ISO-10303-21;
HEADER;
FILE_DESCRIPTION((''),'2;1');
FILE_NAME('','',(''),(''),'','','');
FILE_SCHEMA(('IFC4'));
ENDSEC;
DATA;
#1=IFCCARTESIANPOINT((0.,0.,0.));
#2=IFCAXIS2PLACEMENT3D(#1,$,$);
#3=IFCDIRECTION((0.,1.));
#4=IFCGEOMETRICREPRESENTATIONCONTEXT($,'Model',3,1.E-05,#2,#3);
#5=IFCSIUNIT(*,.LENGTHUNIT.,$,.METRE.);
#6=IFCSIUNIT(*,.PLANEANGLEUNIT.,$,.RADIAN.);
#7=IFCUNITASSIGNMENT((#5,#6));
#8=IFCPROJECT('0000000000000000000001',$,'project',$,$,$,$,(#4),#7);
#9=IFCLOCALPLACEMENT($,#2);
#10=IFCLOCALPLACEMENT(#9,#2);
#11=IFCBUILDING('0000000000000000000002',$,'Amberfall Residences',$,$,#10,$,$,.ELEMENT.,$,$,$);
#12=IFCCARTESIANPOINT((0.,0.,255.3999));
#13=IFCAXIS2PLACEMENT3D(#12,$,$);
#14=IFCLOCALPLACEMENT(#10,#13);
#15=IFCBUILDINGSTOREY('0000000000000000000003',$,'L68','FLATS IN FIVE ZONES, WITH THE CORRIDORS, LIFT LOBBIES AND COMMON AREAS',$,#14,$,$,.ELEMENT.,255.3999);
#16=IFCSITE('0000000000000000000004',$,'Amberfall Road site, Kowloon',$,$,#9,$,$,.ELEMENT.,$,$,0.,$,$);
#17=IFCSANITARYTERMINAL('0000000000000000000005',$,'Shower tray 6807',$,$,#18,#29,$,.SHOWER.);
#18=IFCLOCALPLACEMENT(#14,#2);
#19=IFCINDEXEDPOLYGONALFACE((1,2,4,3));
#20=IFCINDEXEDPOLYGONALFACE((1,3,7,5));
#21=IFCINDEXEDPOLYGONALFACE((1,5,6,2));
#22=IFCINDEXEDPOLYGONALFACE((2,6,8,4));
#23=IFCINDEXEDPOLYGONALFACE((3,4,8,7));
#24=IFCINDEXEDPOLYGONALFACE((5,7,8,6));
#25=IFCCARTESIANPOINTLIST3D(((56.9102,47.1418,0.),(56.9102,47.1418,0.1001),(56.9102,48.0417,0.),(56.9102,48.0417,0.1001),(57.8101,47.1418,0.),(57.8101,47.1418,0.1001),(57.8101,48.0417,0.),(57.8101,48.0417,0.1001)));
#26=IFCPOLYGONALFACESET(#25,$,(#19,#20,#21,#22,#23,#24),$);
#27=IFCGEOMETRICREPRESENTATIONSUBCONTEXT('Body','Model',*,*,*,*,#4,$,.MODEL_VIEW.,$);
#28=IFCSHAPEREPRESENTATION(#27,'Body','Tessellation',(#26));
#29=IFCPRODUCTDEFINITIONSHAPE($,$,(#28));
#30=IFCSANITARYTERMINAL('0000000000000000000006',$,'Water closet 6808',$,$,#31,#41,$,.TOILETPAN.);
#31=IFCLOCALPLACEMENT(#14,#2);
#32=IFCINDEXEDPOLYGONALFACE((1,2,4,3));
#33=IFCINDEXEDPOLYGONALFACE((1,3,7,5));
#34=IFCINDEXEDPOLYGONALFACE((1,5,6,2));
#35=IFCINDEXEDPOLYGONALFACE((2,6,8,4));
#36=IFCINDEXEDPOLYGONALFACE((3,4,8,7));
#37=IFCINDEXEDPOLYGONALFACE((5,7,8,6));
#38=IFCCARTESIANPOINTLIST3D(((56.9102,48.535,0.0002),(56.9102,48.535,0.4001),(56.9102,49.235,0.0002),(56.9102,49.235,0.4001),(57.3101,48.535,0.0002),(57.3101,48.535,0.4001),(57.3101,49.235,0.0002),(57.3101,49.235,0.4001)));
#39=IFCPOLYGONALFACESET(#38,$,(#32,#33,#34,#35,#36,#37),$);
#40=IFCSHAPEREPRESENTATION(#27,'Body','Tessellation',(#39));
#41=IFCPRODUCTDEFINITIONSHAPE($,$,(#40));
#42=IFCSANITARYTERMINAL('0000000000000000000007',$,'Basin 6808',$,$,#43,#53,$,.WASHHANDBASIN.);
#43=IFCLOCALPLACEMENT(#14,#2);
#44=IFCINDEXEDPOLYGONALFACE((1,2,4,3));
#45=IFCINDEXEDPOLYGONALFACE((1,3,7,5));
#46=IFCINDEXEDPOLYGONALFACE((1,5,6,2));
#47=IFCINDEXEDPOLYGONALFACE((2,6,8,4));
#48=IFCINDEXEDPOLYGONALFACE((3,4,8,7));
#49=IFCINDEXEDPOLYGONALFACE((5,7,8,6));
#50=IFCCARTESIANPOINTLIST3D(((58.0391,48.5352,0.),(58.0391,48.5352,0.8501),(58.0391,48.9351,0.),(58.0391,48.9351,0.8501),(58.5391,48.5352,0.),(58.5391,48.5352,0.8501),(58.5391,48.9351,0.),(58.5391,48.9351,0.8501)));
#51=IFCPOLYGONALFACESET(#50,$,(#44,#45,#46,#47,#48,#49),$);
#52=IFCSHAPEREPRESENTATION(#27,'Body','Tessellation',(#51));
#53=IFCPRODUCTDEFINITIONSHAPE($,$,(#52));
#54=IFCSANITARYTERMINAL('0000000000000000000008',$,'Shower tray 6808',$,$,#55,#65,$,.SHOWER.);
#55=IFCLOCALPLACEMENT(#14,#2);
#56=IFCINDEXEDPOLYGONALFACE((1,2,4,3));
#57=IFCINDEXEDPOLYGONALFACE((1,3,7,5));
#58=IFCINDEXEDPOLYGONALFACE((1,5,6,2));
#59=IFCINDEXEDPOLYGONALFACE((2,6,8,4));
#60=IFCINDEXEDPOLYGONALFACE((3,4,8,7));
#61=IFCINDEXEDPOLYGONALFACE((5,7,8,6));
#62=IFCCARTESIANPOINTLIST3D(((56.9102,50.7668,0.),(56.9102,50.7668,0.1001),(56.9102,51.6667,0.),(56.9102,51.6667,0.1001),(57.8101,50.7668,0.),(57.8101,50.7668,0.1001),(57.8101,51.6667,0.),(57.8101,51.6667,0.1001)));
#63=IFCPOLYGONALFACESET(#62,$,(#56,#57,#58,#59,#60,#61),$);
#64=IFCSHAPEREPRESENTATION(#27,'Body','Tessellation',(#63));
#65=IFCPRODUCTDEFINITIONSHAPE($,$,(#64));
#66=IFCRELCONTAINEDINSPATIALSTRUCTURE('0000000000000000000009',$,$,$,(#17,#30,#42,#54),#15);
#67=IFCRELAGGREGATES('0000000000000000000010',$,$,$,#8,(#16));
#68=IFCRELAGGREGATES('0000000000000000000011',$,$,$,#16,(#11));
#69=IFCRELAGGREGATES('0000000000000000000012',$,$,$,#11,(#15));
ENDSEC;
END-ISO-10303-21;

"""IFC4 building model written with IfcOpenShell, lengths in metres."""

from ifc_helpers import new_model, si_unit, direction, frame, origin, origin_2d, place, context, subcontext, project, spatial, rectangle, extrude, element, save


model = new_model("IFC4")

# Units and contexts
model_context = context("Model", 3, precision=1e-05, world=origin(), true_north=direction((0.0, 1.0)))
body_context = subcontext(model_context, "Body", "Model", "MODEL_VIEW")
ifc_project = project(units=[si_unit("LENGTHUNIT", "METRE"), si_unit("PLANEANGLEUNIT", "RADIAN")], contexts=[model_context])

# Site, building, storey
site_placement = place(None, origin())
site = spatial("IfcSite", under=ifc_project, at=site_placement, Name="Amberfall Road site, Kowloon", CompositionType="ELEMENT", RefElevation=0.0)
building_placement = place(site_placement, origin())
building = spatial("IfcBuilding", under=site, at=building_placement, Name="Amberfall Residences", CompositionType="ELEMENT")
storey_placement = place(building_placement, frame((0.0, 0.0, 255.3999)))
storey = spatial("IfcBuildingStorey", under=building, at=storey_placement, Name="L68", Description="FLATS IN FIVE ZONES, WITH THE CORRIDORS, LIFT LOBBIES AND COMMON AREAS", CompositionType="ELEMENT", Elevation=255.3999)

# Sanitary terminals
sanitary_terminal_1_placement = place(storey_placement, frame((57.3601, 47.5918, 0.0), z_axis=(0.0, 0.0, 1.0), x_axis=(1.0, 0.0, 0.0)))
element("IfcSanitaryTerminal", 1, at=sanitary_terminal_1_placement, inside=storey, Name="Shower tray 6807", PredefinedType="SHOWER", context=body_context, shape_type="SweptSolid", body=[
    extrude(rectangle(XDim=0.8999, YDim=0.8999, at=origin_2d()), origin(), (0.0, 0.0, 1.0), 0.1001),
])
sanitary_terminal_2_placement = place(storey_placement, frame((57.1101, 48.885, 0.0002), z_axis=(0.0, 0.0, 1.0), x_axis=(1.0, 0.0, 0.0)))
element("IfcSanitaryTerminal", 2, at=sanitary_terminal_2_placement, inside=storey, Name="Water closet 6808", PredefinedType="TOILETPAN", context=body_context, shape_type="SweptSolid", body=[
    extrude(rectangle(XDim=0.3999, YDim=0.7, at=origin_2d()), origin(), (0.0, 0.0, 1.0), 0.3999),
])
sanitary_terminal_3_placement = place(storey_placement, frame((58.2891, 48.7351, 0.0), z_axis=(0.0, 0.0, 1.0), x_axis=(1.0, 0.0, 0.0)))
element("IfcSanitaryTerminal", 3, at=sanitary_terminal_3_placement, inside=storey, Name="Basin 6808", PredefinedType="WASHHANDBASIN", context=body_context, shape_type="SweptSolid", body=[
    extrude(rectangle(XDim=0.5, YDim=0.3999, at=origin_2d()), origin(), (0.0, 0.0, 1.0), 0.8501),
])
sanitary_terminal_4_placement = place(storey_placement, frame((57.3601, 51.2168, 0.0), z_axis=(0.0, 0.0, 1.0), x_axis=(1.0, 0.0, 0.0)))
element("IfcSanitaryTerminal", 4, at=sanitary_terminal_4_placement, inside=storey, Name="Shower tray 6808", PredefinedType="SHOWER", context=body_context, shape_type="SweptSolid", body=[
    extrude(rectangle(XDim=0.8999, YDim=0.8999, at=origin_2d()), origin(), (0.0, 0.0, 1.0), 0.1001),
])

save(model, "model.ifc")
